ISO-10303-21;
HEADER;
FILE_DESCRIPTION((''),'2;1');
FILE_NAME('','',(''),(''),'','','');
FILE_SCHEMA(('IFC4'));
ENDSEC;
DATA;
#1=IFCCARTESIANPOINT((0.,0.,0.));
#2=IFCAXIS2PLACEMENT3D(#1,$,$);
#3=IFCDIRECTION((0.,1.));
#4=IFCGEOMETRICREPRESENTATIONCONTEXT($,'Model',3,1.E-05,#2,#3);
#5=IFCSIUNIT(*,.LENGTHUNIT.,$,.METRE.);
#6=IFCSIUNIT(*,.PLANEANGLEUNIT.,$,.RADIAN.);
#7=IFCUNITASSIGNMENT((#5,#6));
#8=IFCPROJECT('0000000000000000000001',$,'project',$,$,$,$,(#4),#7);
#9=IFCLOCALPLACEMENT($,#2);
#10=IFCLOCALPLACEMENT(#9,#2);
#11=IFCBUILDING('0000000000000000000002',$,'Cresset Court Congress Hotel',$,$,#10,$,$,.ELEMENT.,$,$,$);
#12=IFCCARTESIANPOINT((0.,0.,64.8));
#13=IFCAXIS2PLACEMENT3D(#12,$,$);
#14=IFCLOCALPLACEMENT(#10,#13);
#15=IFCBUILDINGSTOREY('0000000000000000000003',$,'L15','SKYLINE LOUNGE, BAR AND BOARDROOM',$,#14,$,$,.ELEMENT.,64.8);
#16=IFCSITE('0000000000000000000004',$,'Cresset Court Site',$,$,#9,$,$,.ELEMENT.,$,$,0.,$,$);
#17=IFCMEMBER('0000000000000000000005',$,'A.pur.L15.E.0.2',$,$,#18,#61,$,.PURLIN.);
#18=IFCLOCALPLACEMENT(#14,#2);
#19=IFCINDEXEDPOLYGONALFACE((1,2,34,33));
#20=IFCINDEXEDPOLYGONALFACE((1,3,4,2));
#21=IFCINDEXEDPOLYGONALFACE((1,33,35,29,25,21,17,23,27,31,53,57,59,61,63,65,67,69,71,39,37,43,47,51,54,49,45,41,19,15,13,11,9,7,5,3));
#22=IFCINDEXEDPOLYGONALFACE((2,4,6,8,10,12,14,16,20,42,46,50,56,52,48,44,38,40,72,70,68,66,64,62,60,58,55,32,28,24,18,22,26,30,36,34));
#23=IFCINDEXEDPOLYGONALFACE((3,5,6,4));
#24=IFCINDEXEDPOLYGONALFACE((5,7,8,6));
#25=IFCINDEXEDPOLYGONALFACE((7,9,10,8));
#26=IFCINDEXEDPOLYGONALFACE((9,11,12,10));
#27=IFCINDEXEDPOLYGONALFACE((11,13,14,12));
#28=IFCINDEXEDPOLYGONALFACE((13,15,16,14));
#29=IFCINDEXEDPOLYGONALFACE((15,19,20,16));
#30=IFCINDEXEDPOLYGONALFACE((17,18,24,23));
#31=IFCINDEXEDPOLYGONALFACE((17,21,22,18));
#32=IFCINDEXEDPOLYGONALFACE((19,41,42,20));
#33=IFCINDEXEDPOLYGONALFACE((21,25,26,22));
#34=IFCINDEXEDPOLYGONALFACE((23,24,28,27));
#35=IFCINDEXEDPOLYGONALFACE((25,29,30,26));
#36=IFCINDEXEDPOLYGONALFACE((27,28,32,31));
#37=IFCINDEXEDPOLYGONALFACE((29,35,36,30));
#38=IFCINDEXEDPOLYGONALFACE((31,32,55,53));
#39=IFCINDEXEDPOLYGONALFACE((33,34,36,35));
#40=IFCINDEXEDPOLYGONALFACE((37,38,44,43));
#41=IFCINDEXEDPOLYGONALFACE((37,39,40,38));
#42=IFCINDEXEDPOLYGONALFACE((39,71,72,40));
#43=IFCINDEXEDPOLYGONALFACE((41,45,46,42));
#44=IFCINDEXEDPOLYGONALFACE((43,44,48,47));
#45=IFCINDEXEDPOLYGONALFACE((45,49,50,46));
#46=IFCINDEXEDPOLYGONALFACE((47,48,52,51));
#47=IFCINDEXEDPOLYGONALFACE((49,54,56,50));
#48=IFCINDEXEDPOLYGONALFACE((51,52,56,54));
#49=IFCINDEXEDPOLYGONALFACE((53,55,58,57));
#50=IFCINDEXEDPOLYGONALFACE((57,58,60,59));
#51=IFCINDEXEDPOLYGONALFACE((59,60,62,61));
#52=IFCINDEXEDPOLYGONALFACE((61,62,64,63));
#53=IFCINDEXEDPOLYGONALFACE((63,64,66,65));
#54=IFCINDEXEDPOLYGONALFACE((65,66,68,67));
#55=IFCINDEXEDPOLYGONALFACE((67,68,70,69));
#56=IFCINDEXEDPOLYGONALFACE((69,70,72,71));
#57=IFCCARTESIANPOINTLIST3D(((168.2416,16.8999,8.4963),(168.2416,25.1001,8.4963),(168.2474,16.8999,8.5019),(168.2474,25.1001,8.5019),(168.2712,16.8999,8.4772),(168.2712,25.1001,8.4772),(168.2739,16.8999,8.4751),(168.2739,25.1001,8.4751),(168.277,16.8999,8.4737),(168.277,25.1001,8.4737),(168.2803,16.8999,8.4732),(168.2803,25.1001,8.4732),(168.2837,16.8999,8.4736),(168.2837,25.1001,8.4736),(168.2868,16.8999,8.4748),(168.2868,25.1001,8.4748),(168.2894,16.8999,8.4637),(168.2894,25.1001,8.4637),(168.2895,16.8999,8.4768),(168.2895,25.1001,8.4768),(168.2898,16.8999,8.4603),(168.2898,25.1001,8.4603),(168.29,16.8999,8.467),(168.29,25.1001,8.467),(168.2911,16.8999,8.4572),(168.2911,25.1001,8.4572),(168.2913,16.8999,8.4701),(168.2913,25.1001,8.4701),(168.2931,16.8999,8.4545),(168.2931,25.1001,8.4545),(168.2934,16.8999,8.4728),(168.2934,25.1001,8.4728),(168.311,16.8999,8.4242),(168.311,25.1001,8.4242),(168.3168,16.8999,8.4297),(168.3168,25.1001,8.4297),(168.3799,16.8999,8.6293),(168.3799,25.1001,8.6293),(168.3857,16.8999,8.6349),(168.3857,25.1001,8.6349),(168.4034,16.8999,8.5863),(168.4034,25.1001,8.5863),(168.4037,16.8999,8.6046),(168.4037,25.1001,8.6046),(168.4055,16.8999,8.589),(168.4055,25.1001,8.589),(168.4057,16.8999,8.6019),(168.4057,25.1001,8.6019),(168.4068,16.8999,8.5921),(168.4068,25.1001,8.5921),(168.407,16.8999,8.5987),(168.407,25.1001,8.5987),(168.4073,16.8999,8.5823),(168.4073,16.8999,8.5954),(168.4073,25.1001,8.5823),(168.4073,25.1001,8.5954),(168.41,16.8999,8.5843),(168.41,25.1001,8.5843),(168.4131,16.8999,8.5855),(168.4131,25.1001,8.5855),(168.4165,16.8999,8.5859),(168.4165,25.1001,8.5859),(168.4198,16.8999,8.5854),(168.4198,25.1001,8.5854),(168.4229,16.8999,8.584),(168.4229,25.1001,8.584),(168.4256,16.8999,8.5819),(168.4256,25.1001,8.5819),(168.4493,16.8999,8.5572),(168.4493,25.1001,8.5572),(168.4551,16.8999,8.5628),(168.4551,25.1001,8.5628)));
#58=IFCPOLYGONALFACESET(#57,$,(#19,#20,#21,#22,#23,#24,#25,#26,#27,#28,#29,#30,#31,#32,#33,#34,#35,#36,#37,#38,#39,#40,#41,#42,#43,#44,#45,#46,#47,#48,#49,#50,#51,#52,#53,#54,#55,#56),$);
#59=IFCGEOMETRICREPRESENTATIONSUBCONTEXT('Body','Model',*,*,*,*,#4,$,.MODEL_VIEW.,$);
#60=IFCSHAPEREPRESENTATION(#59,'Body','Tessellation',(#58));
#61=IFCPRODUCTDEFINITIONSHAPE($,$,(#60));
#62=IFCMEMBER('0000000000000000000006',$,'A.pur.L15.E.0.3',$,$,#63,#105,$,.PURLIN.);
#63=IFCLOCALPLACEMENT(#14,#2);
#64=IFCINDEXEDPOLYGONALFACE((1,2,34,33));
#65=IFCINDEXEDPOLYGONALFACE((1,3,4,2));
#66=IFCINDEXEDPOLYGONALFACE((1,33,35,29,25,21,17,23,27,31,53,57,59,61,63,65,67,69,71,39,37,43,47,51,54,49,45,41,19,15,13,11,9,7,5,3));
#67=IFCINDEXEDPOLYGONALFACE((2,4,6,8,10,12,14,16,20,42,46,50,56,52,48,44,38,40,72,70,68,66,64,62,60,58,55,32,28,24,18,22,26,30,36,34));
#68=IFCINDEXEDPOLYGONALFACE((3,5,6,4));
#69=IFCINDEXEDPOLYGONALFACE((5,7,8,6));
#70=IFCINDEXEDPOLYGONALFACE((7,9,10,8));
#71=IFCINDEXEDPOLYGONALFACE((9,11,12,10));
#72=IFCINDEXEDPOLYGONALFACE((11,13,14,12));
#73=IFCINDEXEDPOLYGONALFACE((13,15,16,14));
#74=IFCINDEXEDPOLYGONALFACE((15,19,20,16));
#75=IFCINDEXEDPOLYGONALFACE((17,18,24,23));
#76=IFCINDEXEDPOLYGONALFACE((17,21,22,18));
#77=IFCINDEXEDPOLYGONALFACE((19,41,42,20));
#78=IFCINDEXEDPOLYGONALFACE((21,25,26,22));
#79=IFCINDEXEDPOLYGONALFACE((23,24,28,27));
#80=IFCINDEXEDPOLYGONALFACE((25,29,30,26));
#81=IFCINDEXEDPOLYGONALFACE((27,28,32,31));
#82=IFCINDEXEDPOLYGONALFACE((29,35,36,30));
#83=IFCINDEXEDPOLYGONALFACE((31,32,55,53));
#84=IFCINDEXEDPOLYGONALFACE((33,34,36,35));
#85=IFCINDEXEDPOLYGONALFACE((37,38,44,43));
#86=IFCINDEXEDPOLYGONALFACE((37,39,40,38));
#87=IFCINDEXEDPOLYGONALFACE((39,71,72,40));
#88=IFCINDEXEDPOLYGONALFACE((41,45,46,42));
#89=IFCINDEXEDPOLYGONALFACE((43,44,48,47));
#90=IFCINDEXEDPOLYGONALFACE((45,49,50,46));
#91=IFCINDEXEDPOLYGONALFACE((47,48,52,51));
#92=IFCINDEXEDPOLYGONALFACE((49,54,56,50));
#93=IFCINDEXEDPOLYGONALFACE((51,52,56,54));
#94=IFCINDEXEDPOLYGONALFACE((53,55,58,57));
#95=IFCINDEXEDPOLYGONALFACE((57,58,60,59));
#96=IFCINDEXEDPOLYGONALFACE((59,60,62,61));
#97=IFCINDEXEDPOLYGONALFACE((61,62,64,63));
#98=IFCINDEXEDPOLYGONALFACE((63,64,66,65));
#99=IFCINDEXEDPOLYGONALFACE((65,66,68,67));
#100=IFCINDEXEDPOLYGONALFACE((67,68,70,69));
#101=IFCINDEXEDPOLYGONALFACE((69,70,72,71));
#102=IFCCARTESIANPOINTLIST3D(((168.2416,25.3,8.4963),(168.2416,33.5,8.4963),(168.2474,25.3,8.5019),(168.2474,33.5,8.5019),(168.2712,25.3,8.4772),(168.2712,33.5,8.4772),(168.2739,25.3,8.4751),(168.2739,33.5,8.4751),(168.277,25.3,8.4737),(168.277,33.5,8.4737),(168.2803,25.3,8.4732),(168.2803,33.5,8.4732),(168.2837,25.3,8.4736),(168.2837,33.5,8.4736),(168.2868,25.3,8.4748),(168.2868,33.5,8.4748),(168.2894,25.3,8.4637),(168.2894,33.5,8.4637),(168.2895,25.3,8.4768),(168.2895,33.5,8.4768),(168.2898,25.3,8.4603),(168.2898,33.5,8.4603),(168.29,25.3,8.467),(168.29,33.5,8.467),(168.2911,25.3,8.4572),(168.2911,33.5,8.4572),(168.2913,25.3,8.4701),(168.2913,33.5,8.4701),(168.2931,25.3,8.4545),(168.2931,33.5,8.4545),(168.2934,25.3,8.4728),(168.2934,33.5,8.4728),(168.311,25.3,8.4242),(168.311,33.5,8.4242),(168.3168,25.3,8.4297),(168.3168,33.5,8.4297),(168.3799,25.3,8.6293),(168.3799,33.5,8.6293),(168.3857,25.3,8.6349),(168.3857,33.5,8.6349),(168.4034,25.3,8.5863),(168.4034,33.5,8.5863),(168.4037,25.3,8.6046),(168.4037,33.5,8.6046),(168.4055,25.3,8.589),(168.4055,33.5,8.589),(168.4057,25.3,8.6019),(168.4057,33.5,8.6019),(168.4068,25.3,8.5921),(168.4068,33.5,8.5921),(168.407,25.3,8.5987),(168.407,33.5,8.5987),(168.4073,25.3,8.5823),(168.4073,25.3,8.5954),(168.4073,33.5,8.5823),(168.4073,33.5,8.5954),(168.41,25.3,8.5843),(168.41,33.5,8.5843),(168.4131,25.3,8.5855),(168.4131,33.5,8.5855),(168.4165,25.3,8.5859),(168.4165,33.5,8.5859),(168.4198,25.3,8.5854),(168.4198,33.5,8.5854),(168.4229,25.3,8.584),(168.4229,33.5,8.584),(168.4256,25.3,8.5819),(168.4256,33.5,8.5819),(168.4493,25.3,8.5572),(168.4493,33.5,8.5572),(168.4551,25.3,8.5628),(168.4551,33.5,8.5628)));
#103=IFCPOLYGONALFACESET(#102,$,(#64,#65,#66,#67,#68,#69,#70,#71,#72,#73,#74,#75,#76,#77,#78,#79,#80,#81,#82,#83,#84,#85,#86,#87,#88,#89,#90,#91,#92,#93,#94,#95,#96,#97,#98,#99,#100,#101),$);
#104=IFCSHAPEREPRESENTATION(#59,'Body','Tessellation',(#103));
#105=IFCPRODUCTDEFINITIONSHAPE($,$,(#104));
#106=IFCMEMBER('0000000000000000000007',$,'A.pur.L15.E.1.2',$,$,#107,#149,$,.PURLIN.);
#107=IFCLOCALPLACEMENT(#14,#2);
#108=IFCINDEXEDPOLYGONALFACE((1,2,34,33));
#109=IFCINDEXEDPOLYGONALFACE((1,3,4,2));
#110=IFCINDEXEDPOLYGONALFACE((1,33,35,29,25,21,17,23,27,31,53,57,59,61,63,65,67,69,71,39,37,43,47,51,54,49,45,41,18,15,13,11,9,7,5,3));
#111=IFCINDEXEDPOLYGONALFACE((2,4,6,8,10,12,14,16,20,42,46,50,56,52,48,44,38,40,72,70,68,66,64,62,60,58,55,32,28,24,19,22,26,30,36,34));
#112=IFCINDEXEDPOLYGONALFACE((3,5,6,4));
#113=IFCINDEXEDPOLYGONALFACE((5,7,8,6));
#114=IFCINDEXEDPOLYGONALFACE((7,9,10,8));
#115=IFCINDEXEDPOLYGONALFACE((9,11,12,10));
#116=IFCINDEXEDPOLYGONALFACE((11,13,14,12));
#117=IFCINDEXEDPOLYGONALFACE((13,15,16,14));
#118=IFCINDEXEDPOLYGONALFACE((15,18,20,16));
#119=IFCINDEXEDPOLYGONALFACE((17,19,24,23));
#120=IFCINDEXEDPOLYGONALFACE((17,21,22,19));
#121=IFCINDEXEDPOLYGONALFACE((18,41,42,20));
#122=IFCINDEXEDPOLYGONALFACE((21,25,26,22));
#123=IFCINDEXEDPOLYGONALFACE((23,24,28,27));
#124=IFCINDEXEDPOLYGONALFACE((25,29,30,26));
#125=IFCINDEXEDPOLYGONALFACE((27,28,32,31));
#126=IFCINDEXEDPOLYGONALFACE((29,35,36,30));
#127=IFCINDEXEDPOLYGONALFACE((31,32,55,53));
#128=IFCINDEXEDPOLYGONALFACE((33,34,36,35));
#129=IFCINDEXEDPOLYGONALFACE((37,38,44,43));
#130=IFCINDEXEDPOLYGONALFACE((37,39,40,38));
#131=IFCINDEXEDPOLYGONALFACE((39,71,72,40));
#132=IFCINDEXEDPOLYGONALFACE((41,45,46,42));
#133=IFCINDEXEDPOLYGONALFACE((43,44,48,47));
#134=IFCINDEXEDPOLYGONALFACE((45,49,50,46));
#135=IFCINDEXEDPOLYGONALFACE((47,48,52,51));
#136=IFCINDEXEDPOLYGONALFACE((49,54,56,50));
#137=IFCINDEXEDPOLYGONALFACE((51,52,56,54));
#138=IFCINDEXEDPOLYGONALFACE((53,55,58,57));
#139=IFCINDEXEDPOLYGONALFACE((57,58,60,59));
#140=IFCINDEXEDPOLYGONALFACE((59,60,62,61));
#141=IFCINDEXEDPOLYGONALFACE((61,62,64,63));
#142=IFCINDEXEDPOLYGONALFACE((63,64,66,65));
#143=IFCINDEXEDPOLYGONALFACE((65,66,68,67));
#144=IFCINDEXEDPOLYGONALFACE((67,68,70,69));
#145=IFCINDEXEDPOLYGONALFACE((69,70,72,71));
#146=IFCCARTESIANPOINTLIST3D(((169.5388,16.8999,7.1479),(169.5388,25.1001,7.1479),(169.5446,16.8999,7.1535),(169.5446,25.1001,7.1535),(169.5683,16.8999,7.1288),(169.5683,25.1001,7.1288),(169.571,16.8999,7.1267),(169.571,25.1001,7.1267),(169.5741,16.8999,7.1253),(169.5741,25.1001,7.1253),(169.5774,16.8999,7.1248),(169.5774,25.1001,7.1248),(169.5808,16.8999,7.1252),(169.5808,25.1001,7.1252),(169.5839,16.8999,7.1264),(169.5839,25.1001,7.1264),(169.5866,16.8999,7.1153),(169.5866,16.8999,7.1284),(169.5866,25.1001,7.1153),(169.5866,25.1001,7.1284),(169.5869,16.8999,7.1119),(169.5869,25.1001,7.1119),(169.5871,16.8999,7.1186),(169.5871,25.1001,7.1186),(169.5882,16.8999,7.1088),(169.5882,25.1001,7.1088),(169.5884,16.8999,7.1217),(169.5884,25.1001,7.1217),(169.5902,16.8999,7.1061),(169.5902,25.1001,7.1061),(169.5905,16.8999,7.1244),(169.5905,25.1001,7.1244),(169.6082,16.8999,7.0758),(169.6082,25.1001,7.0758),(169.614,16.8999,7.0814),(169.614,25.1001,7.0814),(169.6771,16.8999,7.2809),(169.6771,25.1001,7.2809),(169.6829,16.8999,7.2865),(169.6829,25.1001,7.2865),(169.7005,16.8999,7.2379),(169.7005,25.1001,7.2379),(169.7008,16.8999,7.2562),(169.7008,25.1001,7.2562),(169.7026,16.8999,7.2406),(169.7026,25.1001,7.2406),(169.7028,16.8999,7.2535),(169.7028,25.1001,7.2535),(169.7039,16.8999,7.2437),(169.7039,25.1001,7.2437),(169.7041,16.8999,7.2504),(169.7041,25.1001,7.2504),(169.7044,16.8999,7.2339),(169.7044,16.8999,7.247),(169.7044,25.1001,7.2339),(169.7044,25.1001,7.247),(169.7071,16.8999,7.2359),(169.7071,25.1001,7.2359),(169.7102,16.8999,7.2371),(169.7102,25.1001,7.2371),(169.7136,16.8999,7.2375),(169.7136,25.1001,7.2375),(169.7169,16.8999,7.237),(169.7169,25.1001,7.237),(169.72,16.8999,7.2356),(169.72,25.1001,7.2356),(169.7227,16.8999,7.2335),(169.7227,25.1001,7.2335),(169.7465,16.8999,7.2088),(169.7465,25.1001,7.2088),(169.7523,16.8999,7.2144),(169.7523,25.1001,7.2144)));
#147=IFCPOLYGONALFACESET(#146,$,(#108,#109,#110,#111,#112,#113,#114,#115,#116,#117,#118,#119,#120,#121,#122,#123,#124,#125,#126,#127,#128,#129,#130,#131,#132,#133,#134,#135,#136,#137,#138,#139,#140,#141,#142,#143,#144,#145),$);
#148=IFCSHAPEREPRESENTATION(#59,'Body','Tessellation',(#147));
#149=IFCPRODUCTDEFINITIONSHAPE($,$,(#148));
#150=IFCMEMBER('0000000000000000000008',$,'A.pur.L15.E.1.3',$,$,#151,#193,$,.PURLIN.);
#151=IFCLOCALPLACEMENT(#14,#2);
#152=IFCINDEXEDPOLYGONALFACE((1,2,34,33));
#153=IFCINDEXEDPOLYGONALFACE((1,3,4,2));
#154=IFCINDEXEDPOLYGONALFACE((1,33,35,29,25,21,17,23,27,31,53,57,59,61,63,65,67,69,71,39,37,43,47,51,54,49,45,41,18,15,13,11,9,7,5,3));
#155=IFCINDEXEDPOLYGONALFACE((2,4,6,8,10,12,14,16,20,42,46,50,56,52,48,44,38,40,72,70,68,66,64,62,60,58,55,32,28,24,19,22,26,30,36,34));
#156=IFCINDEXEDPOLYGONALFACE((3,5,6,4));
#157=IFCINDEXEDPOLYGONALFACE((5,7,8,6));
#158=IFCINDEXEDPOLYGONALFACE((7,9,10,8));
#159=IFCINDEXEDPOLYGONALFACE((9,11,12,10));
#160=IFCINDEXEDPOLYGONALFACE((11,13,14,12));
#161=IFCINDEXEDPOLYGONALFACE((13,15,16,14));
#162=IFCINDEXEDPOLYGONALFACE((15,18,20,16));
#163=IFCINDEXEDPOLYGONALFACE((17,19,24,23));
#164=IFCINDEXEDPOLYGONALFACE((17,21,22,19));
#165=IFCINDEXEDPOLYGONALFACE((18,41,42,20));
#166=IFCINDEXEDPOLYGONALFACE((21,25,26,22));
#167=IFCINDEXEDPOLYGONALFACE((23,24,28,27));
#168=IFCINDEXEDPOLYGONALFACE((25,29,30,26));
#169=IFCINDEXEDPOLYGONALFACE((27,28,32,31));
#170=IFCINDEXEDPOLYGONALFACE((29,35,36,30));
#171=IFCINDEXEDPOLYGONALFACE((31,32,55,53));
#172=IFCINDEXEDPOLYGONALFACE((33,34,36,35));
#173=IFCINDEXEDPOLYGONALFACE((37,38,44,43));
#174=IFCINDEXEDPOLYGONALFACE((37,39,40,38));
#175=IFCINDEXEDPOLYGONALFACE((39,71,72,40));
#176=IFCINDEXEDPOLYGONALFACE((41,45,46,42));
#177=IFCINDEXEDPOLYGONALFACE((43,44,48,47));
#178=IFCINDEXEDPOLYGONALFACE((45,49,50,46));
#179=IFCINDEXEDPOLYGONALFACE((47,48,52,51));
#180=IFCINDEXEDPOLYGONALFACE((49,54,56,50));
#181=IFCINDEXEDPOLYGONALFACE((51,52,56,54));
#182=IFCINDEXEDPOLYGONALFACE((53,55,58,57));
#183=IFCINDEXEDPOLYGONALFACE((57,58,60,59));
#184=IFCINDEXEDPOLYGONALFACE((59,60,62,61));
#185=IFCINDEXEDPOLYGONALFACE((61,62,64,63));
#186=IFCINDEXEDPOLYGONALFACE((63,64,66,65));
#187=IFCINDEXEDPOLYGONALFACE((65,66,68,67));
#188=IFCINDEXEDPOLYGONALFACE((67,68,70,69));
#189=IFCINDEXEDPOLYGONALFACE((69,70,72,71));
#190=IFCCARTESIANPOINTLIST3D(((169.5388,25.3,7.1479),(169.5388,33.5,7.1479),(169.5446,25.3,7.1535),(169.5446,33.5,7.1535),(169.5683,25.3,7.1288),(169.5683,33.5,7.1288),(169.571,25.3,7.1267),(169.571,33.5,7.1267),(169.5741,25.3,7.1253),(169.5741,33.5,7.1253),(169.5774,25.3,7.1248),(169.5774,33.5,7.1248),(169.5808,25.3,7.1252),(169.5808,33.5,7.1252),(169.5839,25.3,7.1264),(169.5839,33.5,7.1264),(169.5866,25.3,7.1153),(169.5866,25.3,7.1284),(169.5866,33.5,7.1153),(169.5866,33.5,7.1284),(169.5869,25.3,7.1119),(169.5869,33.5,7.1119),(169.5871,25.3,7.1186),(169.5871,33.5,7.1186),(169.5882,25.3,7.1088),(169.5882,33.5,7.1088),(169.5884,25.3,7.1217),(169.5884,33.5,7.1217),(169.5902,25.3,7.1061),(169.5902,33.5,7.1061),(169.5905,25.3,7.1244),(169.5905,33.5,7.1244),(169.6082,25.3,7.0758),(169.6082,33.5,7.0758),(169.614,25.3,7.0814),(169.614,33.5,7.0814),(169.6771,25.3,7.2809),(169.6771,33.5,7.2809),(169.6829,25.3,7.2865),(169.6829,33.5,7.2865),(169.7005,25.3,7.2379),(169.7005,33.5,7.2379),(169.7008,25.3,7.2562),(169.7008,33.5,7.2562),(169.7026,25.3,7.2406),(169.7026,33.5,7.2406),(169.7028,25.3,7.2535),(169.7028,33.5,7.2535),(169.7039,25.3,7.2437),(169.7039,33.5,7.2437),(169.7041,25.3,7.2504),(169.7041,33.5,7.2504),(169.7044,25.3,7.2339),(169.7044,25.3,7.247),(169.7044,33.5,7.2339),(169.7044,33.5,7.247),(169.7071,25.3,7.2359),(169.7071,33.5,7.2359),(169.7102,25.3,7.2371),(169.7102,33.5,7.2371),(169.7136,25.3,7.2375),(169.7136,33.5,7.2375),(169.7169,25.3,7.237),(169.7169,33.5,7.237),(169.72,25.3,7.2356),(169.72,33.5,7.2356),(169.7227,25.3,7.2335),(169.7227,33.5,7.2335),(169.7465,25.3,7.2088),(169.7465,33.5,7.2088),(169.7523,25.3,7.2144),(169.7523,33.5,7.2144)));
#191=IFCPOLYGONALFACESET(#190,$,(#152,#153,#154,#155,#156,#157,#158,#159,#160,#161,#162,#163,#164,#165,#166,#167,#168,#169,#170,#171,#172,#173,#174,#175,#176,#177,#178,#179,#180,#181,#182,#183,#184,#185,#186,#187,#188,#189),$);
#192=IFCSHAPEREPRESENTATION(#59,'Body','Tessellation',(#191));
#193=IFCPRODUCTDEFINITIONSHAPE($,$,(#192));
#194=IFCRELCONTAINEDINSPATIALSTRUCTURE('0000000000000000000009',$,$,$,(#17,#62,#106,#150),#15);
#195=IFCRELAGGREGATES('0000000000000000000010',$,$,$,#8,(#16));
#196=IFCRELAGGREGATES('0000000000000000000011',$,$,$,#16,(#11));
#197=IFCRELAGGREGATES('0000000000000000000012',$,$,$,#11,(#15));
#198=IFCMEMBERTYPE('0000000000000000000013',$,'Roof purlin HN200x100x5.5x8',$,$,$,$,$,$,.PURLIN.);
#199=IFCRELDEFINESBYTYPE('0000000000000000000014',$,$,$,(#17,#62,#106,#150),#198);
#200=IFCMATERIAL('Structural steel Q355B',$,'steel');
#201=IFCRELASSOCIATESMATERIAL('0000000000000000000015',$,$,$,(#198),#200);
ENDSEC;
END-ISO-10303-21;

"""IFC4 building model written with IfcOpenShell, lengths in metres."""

from ifc_helpers import new_model, si_unit, direction, frame, origin, origin_2d, place, context, subcontext, project, spatial, i_section, extrude, material, material_profile, profile_set, type_object, element, save


model = new_model("IFC4")

# Units and contexts
model_context = context("Model", 3, precision=1e-05, world=origin(), true_north=direction((0.0, 1.0)))
body_context = subcontext(model_context, "Body", "Model", "MODEL_VIEW")
ifc_project = project(units=[si_unit("LENGTHUNIT", "METRE"), si_unit("PLANEANGLEUNIT", "RADIAN")], contexts=[model_context])

# Site, building, storey
site_placement = place(None, origin())
site = spatial("IfcSite", under=ifc_project, at=site_placement, Name="Cresset Court Site", CompositionType="ELEMENT", RefElevation=0.0)
building_placement = place(site_placement, origin())
building = spatial("IfcBuilding", under=site, at=building_placement, Name="Cresset Court Congress Hotel", CompositionType="ELEMENT")
storey_placement = place(building_placement, frame((0.0, 0.0, 64.8)))
storey = spatial("IfcBuildingStorey", under=building, at=storey_placement, Name="L15", Description="SKYLINE LOUNGE, BAR AND BOARDROOM", CompositionType="ELEMENT", Elevation=64.8)

# Members
ifc_material_1 = material(Name="Structural steel Q355B", Category="steel")
ifc_material_profile_1 = material_profile(ifc_material_1, i_section(OverallWidth=0.1001, OverallDepth=0.2, WebThickness=0.0056, FlangeThickness=0.0081, FilletRadius=0.0129, at=origin_2d()), Name="HN200x100x5.5x8")
ifc_profile_set_1 = profile_set([ifc_material_profile_1], Name="Structural steel Q355B")
member_type_1 = type_object("IfcMemberType", Name="Roof purlin HN200x100x5.5x8", PredefinedType="PURLIN", material=ifc_profile_set_1)
member_1_placement = place(storey_placement, frame((168.3484, 16.8999, 8.5295), z_axis=(0.0, 1.0, 0.0), x_axis=(-0.693246, 0.0, 0.720701)))
element("IfcMember", 1, at=member_1_placement, inside=storey, type_object=member_type_1, Name="A.pur.L15.E.0.2", PredefinedType="PURLIN", context=body_context, shape_type="SweptSolid", body=[
    extrude(i_section(OverallWidth=0.1001, OverallDepth=0.2, WebThickness=0.0056, FlangeThickness=0.0081, FilletRadius=0.0129, at=origin_2d()), origin(), (0.0, 0.0, 1.0), 8.2002),
])
member_2_placement = place(storey_placement, frame((168.3484, 25.3, 8.5295), z_axis=(0.0, 1.0, 0.0), x_axis=(-0.693246, 0.0, 0.720701)))
element("IfcMember", 2, at=member_2_placement, inside=storey, type_object=member_type_1, Name="A.pur.L15.E.0.3", PredefinedType="PURLIN", context=body_context, shape_type="SweptSolid", body=[
    extrude(i_section(OverallWidth=0.1001, OverallDepth=0.2, WebThickness=0.0056, FlangeThickness=0.0081, FilletRadius=0.0129, at=origin_2d()), origin(), (0.0, 0.0, 1.0), 8.2),
])
member_3_placement = place(storey_placement, frame((169.6455, 16.8999, 7.1812), z_axis=(0.0, 1.0, 0.0), x_axis=(-0.693246, 0.0, 0.720701)))
element("IfcMember", 3, at=member_3_placement, inside=storey, type_object=member_type_1, Name="A.pur.L15.E.1.2", PredefinedType="PURLIN", context=body_context, shape_type="SweptSolid", body=[
    extrude(i_section(OverallWidth=0.1001, OverallDepth=0.2, WebThickness=0.0056, FlangeThickness=0.0081, FilletRadius=0.0129, at=origin_2d()), origin(), (0.0, 0.0, 1.0), 8.2002),
])
member_4_placement = place(storey_placement, frame((169.6455, 25.3, 7.1812), z_axis=(0.0, 1.0, 0.0), x_axis=(-0.693246, 0.0, 0.720701)))
element("IfcMember", 4, at=member_4_placement, inside=storey, type_object=member_type_1, Name="A.pur.L15.E.1.3", PredefinedType="PURLIN", context=body_context, shape_type="SweptSolid", body=[
    extrude(i_section(OverallWidth=0.1001, OverallDepth=0.2, WebThickness=0.0056, FlangeThickness=0.0081, FilletRadius=0.0129, at=origin_2d()), origin(), (0.0, 0.0, 1.0), 8.2),
])

save(model, "model.ifc")
